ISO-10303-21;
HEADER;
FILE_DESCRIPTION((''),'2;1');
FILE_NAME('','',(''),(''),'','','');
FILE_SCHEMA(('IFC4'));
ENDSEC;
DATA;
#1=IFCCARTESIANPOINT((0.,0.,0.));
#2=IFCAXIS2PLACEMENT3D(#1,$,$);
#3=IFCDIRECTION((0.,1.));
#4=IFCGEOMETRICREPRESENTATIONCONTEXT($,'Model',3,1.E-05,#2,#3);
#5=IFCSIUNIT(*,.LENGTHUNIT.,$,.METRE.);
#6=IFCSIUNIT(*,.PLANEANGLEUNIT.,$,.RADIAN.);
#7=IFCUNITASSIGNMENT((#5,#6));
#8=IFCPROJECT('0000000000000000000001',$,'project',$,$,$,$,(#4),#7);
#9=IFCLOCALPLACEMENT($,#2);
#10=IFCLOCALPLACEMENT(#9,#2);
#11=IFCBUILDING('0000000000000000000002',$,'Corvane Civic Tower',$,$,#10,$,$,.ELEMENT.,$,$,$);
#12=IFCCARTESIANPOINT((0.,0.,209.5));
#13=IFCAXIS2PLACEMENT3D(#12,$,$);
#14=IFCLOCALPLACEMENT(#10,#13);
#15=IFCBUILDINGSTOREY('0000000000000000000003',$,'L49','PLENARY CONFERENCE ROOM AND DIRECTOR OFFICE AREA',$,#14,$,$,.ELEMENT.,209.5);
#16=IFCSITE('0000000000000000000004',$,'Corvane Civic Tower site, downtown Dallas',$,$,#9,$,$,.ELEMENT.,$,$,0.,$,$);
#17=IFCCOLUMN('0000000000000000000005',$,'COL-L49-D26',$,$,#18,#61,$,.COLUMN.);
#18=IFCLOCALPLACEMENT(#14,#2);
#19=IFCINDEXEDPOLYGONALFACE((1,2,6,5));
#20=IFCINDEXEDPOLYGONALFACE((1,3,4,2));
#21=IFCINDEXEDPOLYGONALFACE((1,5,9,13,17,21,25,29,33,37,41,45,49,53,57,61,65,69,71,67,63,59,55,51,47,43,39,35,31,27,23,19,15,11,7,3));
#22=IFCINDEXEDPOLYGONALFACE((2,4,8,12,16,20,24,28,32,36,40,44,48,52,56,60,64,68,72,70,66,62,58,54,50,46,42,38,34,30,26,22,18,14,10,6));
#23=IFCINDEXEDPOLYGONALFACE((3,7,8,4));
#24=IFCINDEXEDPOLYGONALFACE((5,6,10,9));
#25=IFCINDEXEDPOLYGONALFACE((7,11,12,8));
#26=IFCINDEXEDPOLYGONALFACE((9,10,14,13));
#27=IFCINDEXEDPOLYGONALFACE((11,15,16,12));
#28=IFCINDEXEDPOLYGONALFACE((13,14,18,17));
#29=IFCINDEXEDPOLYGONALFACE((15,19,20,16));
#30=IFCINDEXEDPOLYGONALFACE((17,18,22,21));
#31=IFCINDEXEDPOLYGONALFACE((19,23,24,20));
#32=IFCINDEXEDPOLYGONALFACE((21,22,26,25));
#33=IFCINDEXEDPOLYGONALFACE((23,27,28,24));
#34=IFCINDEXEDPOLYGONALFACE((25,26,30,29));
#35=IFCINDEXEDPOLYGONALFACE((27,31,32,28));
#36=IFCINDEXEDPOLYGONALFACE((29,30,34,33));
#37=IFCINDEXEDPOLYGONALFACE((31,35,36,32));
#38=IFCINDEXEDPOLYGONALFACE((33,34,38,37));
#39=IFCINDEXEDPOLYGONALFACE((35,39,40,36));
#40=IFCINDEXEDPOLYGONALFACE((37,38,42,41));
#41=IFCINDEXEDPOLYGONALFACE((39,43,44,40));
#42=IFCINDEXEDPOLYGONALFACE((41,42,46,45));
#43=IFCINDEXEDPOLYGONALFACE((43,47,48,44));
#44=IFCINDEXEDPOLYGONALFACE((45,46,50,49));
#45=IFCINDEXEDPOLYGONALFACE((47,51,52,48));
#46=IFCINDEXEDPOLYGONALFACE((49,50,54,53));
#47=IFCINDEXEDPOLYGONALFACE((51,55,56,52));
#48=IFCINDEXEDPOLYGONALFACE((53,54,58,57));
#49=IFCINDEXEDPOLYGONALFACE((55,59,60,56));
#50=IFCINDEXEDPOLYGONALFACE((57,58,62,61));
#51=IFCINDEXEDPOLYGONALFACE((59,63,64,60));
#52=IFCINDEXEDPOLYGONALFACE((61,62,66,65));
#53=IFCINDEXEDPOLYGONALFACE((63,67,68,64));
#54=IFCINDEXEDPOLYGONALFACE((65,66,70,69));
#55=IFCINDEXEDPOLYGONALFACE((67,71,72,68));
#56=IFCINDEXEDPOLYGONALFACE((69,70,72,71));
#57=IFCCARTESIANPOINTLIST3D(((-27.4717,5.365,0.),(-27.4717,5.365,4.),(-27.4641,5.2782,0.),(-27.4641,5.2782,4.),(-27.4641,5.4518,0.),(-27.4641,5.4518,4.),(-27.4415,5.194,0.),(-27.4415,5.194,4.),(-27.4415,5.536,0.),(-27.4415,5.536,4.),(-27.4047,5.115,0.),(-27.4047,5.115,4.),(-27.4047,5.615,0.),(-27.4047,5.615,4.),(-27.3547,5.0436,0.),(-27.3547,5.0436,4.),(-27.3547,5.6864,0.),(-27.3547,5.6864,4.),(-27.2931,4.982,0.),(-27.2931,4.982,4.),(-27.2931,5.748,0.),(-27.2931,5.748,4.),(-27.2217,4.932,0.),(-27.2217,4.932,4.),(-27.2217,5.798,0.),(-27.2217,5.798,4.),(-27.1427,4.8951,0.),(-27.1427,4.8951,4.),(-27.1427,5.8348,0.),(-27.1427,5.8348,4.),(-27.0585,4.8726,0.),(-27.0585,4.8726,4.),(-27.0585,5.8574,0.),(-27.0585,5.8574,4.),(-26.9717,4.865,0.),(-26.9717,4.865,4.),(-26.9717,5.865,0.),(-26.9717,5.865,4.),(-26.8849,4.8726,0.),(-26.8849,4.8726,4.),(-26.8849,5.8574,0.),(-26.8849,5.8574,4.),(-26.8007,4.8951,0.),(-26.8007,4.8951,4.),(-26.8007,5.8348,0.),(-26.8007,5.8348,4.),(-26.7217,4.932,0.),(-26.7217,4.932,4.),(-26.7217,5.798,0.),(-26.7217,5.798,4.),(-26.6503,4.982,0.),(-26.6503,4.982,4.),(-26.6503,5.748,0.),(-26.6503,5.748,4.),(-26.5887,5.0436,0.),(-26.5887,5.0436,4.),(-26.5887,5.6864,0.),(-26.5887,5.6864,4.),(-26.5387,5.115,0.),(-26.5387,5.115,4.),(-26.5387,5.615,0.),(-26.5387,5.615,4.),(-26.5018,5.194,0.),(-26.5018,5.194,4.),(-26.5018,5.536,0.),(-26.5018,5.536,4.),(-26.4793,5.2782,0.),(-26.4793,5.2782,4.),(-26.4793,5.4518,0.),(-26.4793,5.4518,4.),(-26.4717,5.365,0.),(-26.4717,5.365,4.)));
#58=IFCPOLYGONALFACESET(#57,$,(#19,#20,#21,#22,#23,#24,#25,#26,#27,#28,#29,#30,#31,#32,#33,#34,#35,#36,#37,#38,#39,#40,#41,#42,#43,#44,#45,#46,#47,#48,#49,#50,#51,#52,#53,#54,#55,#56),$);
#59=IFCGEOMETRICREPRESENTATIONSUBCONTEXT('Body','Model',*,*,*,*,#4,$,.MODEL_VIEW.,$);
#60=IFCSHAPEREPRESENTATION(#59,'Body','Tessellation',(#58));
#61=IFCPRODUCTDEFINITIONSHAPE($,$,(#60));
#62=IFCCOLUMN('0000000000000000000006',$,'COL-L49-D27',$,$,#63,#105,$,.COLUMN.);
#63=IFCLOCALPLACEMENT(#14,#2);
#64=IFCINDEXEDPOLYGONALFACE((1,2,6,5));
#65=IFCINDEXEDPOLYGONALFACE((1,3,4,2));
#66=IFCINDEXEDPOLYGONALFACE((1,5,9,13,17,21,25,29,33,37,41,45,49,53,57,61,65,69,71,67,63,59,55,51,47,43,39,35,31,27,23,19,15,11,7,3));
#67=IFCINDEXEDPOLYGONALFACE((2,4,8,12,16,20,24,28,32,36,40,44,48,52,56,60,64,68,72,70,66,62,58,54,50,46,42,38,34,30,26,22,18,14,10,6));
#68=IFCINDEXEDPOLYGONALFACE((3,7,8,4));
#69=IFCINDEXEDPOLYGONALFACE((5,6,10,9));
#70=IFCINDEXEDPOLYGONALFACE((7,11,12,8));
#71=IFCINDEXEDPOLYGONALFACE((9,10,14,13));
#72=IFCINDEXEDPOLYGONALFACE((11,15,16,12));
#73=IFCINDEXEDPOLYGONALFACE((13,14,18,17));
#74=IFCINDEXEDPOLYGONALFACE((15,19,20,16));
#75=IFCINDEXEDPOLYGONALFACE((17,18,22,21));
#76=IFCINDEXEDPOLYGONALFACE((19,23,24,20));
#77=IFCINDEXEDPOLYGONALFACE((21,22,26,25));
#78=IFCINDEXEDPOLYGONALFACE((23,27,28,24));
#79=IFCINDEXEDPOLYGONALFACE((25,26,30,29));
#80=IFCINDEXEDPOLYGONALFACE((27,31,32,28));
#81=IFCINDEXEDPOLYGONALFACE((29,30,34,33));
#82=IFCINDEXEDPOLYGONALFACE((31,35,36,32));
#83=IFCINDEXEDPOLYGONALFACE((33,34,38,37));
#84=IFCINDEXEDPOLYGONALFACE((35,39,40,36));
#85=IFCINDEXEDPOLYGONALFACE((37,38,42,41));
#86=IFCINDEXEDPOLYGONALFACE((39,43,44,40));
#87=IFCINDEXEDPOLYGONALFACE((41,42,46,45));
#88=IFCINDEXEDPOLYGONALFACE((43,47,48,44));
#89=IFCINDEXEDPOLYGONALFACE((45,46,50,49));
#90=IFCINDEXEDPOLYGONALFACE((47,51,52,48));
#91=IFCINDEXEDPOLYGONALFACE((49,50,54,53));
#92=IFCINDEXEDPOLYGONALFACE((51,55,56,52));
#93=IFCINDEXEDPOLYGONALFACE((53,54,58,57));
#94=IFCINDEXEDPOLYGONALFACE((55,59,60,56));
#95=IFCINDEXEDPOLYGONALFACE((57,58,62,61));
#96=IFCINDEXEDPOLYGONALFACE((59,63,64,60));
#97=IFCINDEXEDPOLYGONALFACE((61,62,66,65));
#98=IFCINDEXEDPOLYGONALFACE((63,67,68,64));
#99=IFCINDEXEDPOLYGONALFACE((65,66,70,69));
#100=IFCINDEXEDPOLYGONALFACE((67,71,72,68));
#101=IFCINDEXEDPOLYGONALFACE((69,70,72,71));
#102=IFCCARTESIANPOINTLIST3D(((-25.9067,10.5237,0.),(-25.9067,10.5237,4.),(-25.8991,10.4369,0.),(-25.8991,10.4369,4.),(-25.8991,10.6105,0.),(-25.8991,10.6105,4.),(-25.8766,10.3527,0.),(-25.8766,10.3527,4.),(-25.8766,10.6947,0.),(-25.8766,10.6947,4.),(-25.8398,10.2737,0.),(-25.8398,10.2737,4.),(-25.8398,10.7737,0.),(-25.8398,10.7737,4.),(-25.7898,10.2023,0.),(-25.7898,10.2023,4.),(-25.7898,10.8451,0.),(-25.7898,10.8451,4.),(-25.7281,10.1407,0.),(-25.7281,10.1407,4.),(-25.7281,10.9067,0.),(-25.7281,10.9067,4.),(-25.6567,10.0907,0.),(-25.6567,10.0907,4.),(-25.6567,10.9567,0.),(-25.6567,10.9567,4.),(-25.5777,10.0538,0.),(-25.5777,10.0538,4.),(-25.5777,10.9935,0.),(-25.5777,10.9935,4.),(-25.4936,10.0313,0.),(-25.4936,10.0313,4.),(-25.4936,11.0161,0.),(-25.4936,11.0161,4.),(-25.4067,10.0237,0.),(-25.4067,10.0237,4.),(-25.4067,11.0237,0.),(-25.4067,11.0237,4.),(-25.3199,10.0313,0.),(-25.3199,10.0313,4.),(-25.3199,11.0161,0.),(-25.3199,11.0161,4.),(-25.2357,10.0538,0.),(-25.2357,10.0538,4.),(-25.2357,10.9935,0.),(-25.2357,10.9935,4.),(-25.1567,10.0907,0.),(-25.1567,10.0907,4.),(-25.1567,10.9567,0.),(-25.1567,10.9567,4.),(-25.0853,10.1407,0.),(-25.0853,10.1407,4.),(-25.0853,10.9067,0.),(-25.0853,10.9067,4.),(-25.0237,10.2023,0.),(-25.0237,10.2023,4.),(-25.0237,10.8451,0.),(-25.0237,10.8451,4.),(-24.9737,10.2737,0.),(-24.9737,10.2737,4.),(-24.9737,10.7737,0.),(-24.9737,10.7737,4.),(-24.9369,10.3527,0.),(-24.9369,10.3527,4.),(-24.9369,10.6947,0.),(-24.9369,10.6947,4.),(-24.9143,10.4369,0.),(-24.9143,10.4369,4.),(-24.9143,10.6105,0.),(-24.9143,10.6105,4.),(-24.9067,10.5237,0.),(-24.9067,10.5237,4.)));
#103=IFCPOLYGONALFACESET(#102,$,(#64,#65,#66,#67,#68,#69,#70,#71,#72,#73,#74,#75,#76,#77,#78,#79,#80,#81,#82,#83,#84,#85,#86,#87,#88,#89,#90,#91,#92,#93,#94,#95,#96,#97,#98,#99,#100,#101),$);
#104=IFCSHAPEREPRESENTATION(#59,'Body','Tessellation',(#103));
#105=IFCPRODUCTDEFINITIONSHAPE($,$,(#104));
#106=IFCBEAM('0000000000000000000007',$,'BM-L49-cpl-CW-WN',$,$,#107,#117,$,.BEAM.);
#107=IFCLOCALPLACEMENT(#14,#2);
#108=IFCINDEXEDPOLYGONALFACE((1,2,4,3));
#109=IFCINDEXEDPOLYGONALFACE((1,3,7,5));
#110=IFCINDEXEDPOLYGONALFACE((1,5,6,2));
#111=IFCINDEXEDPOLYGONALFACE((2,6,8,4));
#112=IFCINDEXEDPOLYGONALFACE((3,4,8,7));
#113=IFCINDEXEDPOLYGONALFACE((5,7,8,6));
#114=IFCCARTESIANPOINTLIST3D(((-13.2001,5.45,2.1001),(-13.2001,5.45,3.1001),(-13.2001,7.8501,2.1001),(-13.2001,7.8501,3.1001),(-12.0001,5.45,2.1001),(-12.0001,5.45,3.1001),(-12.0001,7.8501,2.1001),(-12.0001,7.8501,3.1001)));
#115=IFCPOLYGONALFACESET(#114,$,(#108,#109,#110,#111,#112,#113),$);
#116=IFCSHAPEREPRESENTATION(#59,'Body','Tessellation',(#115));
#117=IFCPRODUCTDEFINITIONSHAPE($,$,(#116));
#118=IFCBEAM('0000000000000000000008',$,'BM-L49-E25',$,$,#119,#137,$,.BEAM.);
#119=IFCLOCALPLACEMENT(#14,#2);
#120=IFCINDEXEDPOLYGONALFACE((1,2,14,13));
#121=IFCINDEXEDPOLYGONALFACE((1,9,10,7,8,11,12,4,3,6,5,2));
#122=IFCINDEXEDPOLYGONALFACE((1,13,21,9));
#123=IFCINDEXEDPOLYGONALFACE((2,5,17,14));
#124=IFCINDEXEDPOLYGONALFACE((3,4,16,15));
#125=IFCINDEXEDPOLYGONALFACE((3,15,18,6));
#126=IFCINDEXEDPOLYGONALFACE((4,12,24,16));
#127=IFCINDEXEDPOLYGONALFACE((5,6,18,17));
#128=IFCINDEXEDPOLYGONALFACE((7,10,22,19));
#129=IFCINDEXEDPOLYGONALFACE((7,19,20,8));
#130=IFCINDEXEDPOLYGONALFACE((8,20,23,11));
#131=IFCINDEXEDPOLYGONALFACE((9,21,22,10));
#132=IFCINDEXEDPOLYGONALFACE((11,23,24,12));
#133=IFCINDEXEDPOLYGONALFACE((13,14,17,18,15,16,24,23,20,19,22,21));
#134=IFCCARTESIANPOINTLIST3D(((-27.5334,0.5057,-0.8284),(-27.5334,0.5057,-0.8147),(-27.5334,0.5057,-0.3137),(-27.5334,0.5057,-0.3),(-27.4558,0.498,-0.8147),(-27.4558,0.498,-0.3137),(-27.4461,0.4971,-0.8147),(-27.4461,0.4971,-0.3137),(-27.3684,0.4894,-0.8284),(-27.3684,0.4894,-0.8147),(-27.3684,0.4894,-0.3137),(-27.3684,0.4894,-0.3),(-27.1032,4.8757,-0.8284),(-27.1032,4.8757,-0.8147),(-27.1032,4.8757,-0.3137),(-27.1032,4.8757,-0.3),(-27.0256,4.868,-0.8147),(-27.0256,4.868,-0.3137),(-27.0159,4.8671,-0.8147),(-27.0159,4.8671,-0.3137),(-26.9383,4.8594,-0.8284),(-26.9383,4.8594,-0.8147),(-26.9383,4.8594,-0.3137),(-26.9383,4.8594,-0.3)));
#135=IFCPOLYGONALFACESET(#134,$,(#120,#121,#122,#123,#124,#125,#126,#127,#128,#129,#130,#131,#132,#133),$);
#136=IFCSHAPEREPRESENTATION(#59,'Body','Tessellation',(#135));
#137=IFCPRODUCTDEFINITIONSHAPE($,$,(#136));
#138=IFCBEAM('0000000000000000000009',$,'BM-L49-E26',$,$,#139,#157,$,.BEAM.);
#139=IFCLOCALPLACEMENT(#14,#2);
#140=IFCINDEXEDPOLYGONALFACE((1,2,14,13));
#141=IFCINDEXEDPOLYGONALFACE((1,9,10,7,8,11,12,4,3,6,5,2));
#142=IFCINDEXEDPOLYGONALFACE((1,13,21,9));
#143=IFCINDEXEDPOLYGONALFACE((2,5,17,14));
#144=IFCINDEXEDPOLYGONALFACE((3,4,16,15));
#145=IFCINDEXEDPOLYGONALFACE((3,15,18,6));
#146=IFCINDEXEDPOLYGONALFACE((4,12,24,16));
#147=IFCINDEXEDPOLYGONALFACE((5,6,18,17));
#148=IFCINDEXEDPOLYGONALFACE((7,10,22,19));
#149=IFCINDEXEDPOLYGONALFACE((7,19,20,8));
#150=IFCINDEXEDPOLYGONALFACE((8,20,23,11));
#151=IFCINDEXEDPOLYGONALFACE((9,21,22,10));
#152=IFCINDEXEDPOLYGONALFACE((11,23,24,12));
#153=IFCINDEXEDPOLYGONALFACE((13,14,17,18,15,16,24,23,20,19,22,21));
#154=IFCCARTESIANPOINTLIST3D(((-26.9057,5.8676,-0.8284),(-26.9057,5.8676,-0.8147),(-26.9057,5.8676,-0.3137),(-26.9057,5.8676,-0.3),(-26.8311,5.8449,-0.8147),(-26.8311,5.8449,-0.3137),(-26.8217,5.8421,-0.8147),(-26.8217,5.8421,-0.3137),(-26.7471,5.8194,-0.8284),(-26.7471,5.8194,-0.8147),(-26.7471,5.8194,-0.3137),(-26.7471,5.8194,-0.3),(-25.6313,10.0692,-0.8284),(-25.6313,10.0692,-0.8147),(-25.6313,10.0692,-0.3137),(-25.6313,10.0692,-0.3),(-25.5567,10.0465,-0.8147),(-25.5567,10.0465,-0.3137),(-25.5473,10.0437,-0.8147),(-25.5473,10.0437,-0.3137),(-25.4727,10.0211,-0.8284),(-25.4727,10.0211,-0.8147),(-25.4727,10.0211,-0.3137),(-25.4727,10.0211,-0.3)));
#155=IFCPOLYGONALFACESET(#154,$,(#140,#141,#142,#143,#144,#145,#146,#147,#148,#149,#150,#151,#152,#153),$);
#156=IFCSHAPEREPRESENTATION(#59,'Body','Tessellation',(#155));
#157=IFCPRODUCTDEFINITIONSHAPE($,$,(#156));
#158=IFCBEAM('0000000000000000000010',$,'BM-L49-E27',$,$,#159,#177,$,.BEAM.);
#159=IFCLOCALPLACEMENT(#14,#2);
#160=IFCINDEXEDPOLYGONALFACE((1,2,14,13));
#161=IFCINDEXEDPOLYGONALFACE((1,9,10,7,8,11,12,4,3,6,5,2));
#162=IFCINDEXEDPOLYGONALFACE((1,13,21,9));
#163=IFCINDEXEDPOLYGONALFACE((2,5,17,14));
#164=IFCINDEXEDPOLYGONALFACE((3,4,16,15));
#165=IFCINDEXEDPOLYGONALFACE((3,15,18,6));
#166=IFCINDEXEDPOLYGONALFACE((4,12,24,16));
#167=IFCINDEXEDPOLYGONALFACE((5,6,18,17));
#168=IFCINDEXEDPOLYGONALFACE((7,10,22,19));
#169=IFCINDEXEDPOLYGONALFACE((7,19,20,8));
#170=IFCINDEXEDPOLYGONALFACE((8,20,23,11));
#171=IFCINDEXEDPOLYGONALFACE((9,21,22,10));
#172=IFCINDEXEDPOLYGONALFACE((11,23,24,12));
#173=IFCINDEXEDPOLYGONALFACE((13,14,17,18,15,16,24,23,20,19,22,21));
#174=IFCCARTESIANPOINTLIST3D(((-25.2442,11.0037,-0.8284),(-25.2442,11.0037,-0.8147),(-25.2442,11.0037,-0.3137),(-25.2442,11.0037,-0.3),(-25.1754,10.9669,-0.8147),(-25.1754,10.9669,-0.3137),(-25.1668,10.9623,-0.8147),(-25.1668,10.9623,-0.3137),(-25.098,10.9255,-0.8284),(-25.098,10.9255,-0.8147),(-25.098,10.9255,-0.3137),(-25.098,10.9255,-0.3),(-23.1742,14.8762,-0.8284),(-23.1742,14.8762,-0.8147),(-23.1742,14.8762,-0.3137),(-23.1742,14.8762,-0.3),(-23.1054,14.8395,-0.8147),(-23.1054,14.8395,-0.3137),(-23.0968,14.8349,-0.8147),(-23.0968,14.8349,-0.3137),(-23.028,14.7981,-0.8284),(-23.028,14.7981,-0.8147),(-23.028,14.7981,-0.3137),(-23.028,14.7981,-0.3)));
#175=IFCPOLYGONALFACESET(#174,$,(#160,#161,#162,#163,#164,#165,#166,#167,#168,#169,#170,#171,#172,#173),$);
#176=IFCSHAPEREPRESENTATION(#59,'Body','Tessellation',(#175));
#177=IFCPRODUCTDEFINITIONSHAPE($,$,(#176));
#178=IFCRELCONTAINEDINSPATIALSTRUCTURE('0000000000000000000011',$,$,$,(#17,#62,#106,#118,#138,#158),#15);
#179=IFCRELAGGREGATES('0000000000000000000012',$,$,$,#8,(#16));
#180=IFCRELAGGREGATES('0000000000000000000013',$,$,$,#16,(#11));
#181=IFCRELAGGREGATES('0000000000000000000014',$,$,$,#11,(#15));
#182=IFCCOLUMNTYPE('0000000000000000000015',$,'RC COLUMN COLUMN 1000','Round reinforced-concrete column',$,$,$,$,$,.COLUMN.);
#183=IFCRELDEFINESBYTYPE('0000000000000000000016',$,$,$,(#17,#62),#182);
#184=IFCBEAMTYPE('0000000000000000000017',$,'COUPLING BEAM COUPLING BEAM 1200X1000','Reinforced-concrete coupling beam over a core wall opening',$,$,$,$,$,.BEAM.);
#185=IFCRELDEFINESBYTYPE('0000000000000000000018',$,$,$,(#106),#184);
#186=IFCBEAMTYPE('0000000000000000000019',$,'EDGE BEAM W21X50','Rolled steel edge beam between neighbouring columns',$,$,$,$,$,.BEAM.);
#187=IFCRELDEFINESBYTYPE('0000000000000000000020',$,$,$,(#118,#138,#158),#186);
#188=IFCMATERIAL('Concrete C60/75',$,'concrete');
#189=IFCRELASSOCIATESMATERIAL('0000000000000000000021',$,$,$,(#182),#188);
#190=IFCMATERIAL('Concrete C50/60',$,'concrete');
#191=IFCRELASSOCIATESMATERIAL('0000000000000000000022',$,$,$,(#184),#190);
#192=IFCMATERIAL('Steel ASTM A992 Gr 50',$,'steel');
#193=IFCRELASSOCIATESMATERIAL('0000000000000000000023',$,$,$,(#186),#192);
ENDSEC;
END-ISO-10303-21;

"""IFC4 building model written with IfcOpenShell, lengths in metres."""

from ifc_helpers import new_model, si_unit, direction, frame, origin, origin_2d, place, context, subcontext, project, spatial, rectangle, circle, i_section, extrude, material, material_profile, profile_set, type_object, element, save


model = new_model("IFC4")

# Units and contexts
model_context = context("Model", 3, precision=1e-05, world=origin(), true_north=direction((0.0, 1.0)))
body_context = subcontext(model_context, "Body", "Model", "MODEL_VIEW")
ifc_project = project(units=[si_unit("LENGTHUNIT", "METRE"), si_unit("PLANEANGLEUNIT", "RADIAN")], contexts=[model_context])

# Site, building, storey
site_placement = place(None, origin())
site = spatial("IfcSite", under=ifc_project, at=site_placement, Name="Corvane Civic Tower site, downtown Dallas", CompositionType="ELEMENT", RefElevation=0.0)
building_placement = place(site_placement, origin())
building = spatial("IfcBuilding", under=site, at=building_placement, Name="Corvane Civic Tower", CompositionType="ELEMENT")
storey_placement = place(building_placement, frame((0.0, 0.0, 209.5)))
storey = spatial("IfcBuildingStorey", under=building, at=storey_placement, Name="L49", Description="PLENARY CONFERENCE ROOM AND DIRECTOR OFFICE AREA", CompositionType="ELEMENT", Elevation=209.5)

# Columns
ifc_material_1 = material(Name="Concrete C60/75", Category="concrete")
ifc_material_profile_1 = material_profile(ifc_material_1, circle(Radius=0.5, at=origin_2d()), Name="COLUMN 1000")
ifc_profile_set_1 = profile_set([ifc_material_profile_1], Name="Concrete C60/75")
column_type = type_object("IfcColumnType", Name="RC COLUMN COLUMN 1000", Description="Round reinforced-concrete column", PredefinedType="COLUMN", material=ifc_profile_set_1)
for number, where, z_axis, x_axis, name in (
    (1, (-26.9717, 5.365, 0.0), (0.0, 0.0, 1.0), (1.0, 0.0, 0.0), "COL-L49-D26"),
    (2, (-25.4067, 10.5237, 0.0), (0.0, 0.0, 1.0), (1.0, 0.0, 0.0), "COL-L49-D27"),
):
    element("IfcColumn", number, at=place(storey_placement, frame(where, z_axis=z_axis, x_axis=x_axis)), inside=storey, type_object=column_type, Name=name, PredefinedType="COLUMN", context=body_context, shape_type="SweptSolid", body=[
        extrude(circle(Radius=0.5, at=origin_2d()), origin(), (0.0, 0.0, 1.0), 4.0),
    ])

# Beams
ifc_material_2 = material(Name="Concrete C50/60", Category="concrete")
ifc_material_profile_2 = material_profile(ifc_material_2, rectangle(XDim=1.2, YDim=1.0, at=origin_2d()), Name="COUPLING BEAM 1200X1000")
ifc_profile_set_2 = profile_set([ifc_material_profile_2], Name="Concrete C50/60")
beam_type_1 = type_object("IfcBeamType", Name="COUPLING BEAM COUPLING BEAM 1200X1000", Description="Reinforced-concrete coupling beam over a core wall opening", PredefinedType="BEAM", material=ifc_profile_set_2)
beam_1_placement = place(storey_placement, frame((-12.6001, 5.45, 2.6001), z_axis=(0.0, 1.0, 0.0), x_axis=(-1.0, 0.0, 0.0)))
element("IfcBeam", 3, at=beam_1_placement, inside=storey, type_object=beam_type_1, Name="BM-L49-cpl-CW-WN", PredefinedType="BEAM", context=body_context, shape_type="SweptSolid", body=[
    extrude(rectangle(XDim=1.2, YDim=1.0, at=origin_2d()), origin(), (0.0, 0.0, 1.0), 2.4001),
])
ifc_material_3 = material(Name="Steel ASTM A992 Gr 50", Category="steel")
ifc_material_profile_3 = material_profile(ifc_material_3, i_section(OverallWidth=0.1658, OverallDepth=0.5283, WebThickness=0.0098, FlangeThickness=0.0137, at=origin_2d()), Name="W21X50")
ifc_profile_set_3 = profile_set([ifc_material_profile_3], Name="Steel ASTM A992 Gr 50")
beam_type_2 = type_object("IfcBeamType", Name="EDGE BEAM W21X50", Description="Rolled steel edge beam between neighbouring columns", PredefinedType="BEAM", material=ifc_profile_set_3)
beam_2_placement = place(storey_placement, frame((-27.4509, 0.4976, -0.5642), z_axis=(0.097968, 0.99519, 0.0), x_axis=(-0.99519, 0.097968, 0.0)))
element("IfcBeam", 4, at=beam_2_placement, inside=storey, type_object=beam_type_2, Name="BM-L49-E25", PredefinedType="BEAM", context=body_context, shape_type="SweptSolid", body=[
    extrude(i_section(OverallWidth=0.1658, OverallDepth=0.5283, WebThickness=0.0098, FlangeThickness=0.0137, at=origin_2d()), origin(), (0.0, 0.0, 1.0), 4.3911),
])
beam_3_placement = place(storey_placement, frame((-26.8264, 5.8435, -0.5642), z_axis=(0.290254, 0.95695, 0.0), x_axis=(-0.95695, 0.290254, 0.0)))
element("IfcBeam", 5, at=beam_3_placement, inside=storey, type_object=beam_type_2, Name="BM-L49-E26", PredefinedType="BEAM", context=body_context, shape_type="SweptSolid", body=[
    extrude(i_section(OverallWidth=0.1658, OverallDepth=0.5283, WebThickness=0.0098, FlangeThickness=0.0137, at=origin_2d()), origin(), (0.0, 0.0, 1.0), 4.3906),
])
beam_4_placement = place(storey_placement, frame((-25.1711, 10.9646, -0.5642), z_axis=(0.471422, 0.881908, 0.0), x_axis=(-0.881908, 0.471422, 0.0)))
element("IfcBeam", 6, at=beam_4_placement, inside=storey, type_object=beam_type_2, Name="BM-L49-E27", PredefinedType="BEAM", context=body_context, shape_type="SweptSolid", body=[
    extrude(i_section(OverallWidth=0.1658, OverallDepth=0.5283, WebThickness=0.0098, FlangeThickness=0.0137, at=origin_2d()), origin(), (0.0, 0.0, 1.0), 4.3911),
])

save(model, "model.ifc")
